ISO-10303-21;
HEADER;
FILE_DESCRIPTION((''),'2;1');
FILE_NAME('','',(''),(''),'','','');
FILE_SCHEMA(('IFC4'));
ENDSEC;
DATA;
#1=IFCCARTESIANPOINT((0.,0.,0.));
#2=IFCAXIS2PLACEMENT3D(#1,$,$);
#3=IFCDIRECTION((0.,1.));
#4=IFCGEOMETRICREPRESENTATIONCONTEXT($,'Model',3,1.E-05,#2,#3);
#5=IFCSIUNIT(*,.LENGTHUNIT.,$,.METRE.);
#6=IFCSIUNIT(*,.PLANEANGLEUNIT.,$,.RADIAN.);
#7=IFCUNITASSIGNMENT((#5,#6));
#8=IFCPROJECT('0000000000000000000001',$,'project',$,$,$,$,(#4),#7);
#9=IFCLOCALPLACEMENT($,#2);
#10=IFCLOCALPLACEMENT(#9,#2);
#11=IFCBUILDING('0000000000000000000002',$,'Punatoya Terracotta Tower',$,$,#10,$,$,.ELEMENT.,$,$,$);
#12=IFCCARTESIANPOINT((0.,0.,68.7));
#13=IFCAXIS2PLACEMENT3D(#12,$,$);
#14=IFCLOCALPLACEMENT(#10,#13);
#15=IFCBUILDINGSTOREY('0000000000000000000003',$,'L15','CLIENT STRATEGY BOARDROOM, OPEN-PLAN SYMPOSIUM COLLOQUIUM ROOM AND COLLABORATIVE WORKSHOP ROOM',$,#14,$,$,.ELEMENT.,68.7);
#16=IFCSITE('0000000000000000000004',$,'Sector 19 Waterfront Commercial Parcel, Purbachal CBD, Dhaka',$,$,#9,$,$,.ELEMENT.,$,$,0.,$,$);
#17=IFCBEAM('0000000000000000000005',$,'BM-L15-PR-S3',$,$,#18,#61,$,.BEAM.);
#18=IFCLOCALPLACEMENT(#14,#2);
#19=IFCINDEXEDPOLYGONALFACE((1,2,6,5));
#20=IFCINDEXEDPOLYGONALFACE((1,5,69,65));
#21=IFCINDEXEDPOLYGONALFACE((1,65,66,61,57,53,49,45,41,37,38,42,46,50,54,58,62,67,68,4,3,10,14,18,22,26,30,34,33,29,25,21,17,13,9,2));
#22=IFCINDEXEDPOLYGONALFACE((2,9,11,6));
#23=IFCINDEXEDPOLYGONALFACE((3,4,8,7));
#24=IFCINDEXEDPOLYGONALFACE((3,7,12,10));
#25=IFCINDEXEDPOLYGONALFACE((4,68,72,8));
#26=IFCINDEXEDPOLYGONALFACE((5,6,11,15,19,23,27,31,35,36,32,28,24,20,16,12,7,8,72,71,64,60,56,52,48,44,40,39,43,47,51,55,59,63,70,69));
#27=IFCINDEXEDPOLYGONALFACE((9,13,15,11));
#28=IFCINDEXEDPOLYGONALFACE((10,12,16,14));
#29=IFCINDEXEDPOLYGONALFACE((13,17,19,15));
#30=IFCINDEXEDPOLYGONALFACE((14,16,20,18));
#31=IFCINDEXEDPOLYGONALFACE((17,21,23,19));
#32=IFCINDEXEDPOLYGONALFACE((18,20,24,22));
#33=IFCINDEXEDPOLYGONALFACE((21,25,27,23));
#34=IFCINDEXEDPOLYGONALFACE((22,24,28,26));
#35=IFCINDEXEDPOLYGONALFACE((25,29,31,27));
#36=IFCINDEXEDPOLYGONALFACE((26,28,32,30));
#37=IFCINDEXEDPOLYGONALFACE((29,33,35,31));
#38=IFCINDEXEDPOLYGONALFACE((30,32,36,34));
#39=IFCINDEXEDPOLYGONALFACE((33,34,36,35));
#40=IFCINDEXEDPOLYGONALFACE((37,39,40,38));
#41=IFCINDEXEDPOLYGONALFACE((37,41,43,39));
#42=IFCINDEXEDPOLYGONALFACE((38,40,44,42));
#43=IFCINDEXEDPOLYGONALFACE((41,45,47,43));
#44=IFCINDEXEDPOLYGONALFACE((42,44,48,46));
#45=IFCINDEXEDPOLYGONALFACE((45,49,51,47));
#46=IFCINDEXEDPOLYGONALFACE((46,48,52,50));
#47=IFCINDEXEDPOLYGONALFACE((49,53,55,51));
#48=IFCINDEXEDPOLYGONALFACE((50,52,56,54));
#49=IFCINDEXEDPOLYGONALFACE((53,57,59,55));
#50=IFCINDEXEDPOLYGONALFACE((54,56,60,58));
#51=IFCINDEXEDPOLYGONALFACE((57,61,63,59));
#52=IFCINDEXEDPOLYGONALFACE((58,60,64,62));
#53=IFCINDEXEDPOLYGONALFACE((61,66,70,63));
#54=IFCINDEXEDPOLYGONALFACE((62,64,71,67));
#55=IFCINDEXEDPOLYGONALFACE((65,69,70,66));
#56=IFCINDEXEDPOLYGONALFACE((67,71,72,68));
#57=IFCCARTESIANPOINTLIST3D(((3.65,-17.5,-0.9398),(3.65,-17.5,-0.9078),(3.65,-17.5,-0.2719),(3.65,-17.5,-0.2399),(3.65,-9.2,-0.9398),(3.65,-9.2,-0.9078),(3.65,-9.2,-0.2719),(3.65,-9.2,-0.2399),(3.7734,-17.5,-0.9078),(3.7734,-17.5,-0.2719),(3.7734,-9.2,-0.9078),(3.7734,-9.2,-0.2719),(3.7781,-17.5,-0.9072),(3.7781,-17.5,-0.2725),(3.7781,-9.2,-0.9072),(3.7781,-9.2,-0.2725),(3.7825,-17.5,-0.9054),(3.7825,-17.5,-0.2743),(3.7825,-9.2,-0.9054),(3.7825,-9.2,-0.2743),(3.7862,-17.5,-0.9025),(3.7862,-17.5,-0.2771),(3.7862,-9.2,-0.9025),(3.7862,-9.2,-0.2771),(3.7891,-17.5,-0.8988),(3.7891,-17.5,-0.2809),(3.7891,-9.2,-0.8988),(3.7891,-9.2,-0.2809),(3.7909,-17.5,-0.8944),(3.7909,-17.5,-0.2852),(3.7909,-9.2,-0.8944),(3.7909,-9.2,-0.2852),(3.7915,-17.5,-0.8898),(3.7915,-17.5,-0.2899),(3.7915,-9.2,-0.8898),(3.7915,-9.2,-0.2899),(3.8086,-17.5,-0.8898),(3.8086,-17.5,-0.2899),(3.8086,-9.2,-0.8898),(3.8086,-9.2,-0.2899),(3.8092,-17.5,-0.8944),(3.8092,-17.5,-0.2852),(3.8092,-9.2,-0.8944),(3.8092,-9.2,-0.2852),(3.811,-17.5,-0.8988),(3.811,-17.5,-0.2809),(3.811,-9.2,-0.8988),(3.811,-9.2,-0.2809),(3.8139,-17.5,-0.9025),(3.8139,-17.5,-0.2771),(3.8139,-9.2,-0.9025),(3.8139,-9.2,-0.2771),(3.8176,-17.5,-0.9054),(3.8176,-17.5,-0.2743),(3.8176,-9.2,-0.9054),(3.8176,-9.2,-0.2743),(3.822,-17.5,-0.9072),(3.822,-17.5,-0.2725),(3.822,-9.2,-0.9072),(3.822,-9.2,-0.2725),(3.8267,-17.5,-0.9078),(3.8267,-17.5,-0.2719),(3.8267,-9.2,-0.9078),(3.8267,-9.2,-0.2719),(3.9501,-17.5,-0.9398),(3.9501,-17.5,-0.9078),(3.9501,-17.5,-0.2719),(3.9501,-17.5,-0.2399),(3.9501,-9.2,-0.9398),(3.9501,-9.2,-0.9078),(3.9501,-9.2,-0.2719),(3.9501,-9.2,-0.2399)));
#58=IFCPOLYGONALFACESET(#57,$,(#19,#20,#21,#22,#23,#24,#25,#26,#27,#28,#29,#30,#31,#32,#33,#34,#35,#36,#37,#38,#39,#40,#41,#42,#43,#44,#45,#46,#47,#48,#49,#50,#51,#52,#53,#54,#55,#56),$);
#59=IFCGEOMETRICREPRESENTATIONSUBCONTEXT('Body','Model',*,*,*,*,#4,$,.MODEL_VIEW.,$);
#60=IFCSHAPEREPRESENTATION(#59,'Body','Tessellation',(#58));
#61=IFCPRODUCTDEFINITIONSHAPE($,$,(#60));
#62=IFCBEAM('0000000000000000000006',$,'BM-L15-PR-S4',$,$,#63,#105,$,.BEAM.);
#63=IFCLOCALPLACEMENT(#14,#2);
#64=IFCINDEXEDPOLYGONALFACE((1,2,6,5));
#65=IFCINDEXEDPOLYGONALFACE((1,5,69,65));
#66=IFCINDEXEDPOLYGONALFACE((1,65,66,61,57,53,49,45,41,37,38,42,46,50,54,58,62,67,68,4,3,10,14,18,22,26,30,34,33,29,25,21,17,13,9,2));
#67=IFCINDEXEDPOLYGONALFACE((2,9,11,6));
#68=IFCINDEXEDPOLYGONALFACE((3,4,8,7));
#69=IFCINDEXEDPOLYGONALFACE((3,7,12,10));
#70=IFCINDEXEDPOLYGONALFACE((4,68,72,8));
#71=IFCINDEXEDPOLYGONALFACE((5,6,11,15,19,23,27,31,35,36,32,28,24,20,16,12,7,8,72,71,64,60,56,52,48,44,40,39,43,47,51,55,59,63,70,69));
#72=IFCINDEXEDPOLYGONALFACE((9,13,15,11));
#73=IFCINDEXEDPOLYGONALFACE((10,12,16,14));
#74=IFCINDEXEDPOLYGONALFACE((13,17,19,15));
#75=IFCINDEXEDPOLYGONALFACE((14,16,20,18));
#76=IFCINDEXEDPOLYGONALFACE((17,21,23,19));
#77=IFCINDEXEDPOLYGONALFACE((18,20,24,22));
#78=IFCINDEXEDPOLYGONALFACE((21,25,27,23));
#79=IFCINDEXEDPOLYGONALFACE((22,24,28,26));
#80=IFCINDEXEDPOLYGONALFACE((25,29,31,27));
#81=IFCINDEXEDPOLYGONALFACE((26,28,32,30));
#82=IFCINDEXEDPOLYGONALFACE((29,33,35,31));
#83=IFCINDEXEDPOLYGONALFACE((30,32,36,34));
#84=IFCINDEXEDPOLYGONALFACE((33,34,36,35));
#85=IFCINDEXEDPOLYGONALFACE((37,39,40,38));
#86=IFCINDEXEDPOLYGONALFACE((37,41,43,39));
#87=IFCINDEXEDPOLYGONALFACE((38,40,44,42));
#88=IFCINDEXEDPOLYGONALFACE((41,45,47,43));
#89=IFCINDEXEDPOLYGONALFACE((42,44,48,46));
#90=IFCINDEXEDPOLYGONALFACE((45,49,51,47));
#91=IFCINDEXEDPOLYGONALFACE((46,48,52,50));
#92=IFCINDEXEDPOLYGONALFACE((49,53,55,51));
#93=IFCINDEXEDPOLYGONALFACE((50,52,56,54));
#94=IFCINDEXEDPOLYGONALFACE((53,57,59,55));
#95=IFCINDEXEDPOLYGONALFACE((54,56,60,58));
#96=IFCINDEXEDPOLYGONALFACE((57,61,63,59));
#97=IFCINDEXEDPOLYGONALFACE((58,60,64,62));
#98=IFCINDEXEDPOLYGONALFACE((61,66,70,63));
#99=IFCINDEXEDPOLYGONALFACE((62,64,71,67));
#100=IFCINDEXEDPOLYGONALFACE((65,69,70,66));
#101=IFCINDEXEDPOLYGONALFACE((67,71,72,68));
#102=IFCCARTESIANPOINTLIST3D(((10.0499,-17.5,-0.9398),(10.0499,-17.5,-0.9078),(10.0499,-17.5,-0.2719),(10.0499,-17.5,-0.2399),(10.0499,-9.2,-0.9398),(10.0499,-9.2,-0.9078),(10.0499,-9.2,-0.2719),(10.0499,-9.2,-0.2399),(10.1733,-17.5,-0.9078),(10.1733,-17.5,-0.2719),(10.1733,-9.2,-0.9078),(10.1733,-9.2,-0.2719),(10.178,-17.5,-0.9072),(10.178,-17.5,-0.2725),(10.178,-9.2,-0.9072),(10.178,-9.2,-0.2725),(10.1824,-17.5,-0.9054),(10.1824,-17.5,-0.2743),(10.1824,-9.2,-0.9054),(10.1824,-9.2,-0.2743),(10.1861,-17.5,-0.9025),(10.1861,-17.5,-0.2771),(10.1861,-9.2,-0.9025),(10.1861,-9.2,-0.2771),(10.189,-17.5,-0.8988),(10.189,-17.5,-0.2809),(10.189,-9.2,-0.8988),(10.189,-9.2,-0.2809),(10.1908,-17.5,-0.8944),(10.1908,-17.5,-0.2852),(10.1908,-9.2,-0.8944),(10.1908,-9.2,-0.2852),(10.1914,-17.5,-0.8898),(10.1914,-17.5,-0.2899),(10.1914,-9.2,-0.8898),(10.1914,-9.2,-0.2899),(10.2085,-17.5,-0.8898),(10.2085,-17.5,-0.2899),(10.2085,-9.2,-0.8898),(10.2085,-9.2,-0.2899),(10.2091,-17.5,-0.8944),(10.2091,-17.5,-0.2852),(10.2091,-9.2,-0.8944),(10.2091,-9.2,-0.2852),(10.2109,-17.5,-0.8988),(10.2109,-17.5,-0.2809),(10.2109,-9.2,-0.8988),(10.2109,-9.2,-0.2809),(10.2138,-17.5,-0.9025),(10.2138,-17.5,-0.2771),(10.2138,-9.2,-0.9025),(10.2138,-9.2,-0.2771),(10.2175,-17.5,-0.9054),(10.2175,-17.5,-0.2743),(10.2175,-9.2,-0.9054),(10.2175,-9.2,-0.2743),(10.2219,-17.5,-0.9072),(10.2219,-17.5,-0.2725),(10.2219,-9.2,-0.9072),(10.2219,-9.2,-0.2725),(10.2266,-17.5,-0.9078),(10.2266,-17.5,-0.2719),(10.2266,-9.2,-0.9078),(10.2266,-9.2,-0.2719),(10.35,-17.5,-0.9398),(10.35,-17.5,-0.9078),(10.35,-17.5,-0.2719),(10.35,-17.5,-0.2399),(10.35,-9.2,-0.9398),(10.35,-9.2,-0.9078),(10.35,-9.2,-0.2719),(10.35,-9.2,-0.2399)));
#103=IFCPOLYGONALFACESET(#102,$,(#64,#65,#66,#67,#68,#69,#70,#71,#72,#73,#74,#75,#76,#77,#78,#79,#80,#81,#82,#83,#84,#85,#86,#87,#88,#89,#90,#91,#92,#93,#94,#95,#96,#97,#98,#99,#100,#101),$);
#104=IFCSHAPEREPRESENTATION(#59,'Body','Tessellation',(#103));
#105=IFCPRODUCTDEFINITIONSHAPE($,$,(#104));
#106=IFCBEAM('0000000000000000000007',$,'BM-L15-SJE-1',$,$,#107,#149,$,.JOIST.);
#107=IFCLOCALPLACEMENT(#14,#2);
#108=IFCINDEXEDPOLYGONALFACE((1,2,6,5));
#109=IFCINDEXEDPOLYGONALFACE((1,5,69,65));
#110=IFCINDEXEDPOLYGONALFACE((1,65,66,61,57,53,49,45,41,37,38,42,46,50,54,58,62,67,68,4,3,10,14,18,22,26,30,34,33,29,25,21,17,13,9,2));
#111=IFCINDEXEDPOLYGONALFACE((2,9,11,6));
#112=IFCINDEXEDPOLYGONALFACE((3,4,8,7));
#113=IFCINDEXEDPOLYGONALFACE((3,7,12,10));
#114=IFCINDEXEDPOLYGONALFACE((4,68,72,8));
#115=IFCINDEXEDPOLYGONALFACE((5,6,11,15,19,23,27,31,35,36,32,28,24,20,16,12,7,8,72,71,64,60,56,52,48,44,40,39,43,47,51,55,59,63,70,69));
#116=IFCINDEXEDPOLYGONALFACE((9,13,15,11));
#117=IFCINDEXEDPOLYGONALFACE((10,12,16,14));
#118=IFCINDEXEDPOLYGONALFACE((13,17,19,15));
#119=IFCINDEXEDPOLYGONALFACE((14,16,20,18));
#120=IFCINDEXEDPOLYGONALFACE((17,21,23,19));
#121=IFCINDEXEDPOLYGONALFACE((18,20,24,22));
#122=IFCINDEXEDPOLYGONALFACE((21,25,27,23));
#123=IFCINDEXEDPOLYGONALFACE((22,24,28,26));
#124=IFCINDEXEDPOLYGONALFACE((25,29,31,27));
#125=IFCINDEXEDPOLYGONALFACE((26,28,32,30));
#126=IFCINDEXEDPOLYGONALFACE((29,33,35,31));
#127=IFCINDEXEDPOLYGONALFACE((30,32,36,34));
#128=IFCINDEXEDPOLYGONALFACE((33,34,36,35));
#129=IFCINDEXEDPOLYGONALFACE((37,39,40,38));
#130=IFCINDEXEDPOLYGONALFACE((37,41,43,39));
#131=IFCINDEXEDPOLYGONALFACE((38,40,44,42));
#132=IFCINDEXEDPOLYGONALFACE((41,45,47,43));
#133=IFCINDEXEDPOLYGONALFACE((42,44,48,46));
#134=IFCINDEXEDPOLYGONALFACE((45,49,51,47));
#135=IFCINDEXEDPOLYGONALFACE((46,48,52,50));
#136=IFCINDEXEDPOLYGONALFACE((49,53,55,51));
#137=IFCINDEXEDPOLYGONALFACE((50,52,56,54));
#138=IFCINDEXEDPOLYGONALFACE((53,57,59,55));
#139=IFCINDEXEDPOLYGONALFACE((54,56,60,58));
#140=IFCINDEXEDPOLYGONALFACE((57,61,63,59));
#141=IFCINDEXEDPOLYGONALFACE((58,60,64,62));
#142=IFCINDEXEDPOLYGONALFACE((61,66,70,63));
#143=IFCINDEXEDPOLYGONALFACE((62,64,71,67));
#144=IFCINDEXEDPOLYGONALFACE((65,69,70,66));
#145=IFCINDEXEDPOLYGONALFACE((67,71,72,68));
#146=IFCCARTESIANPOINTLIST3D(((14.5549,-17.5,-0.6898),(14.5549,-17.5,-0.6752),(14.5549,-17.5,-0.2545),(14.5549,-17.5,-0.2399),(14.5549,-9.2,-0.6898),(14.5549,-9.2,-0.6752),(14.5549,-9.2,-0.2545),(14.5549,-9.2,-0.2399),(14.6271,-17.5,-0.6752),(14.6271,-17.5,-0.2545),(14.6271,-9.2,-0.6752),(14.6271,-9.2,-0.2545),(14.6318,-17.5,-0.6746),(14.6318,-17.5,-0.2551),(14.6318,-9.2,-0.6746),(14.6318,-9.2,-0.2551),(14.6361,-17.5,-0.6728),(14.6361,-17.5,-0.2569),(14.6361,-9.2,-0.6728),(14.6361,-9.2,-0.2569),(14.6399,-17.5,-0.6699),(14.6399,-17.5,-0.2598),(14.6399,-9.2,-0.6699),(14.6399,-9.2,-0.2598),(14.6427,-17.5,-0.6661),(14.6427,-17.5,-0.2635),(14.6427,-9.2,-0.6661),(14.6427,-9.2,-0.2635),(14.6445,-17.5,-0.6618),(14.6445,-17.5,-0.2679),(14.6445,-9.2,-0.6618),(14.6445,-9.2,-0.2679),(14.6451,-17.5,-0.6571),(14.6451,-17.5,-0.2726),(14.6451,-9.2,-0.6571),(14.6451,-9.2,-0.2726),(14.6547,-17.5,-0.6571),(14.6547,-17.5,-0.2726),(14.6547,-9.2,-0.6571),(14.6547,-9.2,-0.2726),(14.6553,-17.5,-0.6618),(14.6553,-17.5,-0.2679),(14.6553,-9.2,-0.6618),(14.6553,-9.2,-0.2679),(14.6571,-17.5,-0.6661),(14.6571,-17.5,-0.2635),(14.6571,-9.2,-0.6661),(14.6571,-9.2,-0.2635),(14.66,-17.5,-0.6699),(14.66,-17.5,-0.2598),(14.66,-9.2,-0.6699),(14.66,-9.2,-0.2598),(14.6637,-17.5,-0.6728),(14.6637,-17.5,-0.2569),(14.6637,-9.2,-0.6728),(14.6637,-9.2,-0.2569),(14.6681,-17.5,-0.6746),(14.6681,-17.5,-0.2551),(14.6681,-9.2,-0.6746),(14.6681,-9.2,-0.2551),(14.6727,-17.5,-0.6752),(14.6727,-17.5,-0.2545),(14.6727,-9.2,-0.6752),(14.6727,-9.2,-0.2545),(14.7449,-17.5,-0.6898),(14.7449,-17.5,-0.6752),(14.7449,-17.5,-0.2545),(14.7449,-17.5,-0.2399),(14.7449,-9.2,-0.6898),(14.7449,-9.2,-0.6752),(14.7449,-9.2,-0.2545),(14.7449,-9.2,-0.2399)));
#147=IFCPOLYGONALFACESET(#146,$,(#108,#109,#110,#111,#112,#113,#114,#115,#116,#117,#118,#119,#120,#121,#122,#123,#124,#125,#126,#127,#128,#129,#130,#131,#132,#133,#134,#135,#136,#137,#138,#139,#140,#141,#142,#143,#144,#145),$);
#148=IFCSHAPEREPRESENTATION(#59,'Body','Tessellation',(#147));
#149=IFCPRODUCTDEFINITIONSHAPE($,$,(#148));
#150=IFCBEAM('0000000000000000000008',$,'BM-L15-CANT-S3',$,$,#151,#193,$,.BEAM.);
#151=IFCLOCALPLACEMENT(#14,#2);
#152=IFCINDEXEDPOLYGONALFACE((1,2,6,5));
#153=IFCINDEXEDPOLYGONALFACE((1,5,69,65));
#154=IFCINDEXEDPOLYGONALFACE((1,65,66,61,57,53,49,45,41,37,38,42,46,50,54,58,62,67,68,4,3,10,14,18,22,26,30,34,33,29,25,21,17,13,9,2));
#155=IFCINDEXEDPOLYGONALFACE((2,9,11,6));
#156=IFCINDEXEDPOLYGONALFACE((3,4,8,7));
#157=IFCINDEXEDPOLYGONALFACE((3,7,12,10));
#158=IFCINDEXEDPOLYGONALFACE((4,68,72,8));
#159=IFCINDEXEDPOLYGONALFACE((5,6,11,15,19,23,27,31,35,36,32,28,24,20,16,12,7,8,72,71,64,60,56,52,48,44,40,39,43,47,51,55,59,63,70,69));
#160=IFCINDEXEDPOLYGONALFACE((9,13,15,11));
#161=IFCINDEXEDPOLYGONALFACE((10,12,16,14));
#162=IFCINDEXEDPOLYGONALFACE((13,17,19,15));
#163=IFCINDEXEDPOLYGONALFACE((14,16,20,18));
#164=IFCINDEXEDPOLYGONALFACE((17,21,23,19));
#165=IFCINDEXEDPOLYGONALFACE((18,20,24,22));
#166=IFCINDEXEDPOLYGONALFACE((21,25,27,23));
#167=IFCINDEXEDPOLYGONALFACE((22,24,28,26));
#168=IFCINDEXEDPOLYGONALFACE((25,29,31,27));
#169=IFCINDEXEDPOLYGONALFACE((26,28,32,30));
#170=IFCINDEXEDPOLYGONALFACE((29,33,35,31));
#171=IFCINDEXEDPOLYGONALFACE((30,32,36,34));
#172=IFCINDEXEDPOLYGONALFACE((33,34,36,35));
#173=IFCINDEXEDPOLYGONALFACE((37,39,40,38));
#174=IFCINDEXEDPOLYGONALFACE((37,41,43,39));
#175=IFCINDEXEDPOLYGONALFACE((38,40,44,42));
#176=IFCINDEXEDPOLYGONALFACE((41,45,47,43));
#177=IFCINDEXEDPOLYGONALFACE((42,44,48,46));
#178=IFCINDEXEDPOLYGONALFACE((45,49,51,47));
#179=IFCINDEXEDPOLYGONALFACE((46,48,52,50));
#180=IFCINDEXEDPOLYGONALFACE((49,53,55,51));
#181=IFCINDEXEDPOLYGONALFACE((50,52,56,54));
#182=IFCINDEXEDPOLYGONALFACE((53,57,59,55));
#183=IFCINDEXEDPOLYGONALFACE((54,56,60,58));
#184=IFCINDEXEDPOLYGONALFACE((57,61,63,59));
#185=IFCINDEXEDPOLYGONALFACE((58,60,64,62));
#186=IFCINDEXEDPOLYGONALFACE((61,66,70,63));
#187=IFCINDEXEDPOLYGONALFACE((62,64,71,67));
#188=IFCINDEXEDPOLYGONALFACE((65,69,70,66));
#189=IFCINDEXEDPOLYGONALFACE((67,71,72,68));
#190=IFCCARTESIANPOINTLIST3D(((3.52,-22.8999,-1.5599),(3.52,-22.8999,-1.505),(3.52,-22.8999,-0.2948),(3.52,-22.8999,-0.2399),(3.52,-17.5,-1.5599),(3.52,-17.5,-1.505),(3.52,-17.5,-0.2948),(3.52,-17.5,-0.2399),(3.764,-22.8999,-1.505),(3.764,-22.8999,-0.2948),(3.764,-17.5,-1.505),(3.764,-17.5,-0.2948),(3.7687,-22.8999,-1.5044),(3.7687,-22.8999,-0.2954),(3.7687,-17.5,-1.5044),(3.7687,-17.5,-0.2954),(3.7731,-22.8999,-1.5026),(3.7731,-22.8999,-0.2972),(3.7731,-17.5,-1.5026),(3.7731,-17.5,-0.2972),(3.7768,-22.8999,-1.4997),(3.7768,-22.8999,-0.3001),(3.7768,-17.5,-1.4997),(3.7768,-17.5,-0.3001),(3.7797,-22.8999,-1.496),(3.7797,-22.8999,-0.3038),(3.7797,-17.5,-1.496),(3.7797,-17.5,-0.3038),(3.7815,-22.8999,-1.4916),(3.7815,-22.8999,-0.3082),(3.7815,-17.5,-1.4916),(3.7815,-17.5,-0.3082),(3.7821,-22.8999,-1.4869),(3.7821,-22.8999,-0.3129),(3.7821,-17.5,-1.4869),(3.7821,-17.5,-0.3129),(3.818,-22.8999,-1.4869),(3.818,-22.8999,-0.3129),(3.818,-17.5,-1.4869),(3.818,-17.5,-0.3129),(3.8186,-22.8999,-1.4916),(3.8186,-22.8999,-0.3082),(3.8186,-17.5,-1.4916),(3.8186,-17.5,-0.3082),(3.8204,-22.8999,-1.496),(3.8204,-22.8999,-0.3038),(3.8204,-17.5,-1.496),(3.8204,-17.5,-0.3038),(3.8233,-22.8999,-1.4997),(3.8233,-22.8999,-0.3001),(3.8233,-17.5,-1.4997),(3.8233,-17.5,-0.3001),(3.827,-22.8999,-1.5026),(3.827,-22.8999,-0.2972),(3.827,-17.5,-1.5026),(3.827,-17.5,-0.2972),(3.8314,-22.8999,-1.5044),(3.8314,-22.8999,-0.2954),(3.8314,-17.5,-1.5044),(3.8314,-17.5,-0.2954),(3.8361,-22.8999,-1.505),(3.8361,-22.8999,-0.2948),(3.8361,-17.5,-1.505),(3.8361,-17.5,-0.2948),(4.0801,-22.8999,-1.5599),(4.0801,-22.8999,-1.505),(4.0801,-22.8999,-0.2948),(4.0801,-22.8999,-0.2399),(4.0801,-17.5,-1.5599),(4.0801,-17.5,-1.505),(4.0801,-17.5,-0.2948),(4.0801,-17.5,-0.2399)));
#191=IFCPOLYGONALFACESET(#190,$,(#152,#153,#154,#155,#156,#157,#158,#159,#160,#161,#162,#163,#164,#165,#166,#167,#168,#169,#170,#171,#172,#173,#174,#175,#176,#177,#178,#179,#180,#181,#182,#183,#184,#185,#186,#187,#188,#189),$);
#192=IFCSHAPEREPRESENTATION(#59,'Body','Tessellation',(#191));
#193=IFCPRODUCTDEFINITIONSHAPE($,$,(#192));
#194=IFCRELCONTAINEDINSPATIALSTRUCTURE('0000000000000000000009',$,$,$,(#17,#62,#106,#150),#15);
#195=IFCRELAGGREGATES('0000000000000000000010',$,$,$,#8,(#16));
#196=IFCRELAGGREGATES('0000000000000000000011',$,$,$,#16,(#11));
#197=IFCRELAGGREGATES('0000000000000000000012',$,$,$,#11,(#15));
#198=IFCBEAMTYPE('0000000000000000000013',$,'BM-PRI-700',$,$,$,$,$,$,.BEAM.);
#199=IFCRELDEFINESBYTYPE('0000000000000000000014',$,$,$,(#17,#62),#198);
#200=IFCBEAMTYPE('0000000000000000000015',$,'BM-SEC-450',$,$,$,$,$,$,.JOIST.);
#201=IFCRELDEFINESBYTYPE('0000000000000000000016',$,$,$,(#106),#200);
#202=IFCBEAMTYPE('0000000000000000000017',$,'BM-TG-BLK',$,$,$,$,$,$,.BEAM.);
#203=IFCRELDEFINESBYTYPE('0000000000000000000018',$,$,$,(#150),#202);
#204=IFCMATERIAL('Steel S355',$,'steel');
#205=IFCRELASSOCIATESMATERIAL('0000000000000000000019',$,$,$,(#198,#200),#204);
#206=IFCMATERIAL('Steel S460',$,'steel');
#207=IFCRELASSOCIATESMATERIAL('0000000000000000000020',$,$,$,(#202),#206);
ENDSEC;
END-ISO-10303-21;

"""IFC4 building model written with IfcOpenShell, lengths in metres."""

from ifc_helpers import new_model, si_unit, direction, frame, origin, origin_2d, place, context, subcontext, project, spatial, i_section, extrude, material, material_profile, profile_set, type_object, element, save


model = new_model("IFC4")

# Units and contexts
model_context = context("Model", 3, precision=1e-05, world=origin(), true_north=direction((0.0, 1.0)))
body_context = subcontext(model_context, "Body", "Model", "MODEL_VIEW")
ifc_project = project(units=[si_unit("LENGTHUNIT", "METRE"), si_unit("PLANEANGLEUNIT", "RADIAN")], contexts=[model_context])

# Site, building, storey
site_placement = place(None, origin())
site = spatial("IfcSite", under=ifc_project, at=site_placement, Name="Sector 19 Waterfront Commercial Parcel, Purbachal CBD, Dhaka", CompositionType="ELEMENT", RefElevation=0.0)
building_placement = place(site_placement, origin())
building = spatial("IfcBuilding", under=site, at=building_placement, Name="Punatoya Terracotta Tower", CompositionType="ELEMENT")
storey_placement = place(building_placement, frame((0.0, 0.0, 68.7)))
storey = spatial("IfcBuildingStorey", under=building, at=storey_placement, Name="L15", Description="CLIENT STRATEGY BOARDROOM, OPEN-PLAN SYMPOSIUM COLLOQUIUM ROOM AND COLLABORATIVE WORKSHOP ROOM", CompositionType="ELEMENT", Elevation=68.7)

# Shared definitions
ifc_material_1 = material(Name="Steel S460", Category="steel")

# Beams
ifc_material_2 = material(Name="Steel S355", Category="steel")
ifc_material_profile_1 = material_profile(ifc_material_2, i_section(OverallWidth=0.3, OverallDepth=0.7, WebThickness=0.0171, FlangeThickness=0.032, FilletRadius=0.0181, at=origin_2d()))
ifc_profile_set_1 = profile_set([ifc_material_profile_1], Name="Steel S355")
beam_type_1 = type_object("IfcBeamType", Name="BM-PRI-700", PredefinedType="BEAM", material=ifc_profile_set_1)
for number, where, z_axis, x_axis, name in (
    (1, (3.8, -17.5, -0.5898), (0.0, 1.0, 0.0), (-1.0, 0.0, 0.0), "BM-L15-PR-S3"),
    (2, (10.2, -17.5, -0.5898), (0.0, 1.0, 0.0), (-1.0, 0.0, 0.0), "BM-L15-PR-S4"),
):
    element("IfcBeam", number, at=place(storey_placement, frame(where, z_axis=z_axis, x_axis=x_axis)), inside=storey, type_object=beam_type_1, Name=name, PredefinedType="BEAM", context=body_context, shape_type="SweptSolid", body=[
        extrude(i_section(OverallWidth=0.3, OverallDepth=0.7, WebThickness=0.0171, FlangeThickness=0.032, FilletRadius=0.0181, at=origin_2d()), origin(), (0.0, 0.0, 1.0), 8.3),
    ])
ifc_material_profile_2 = material_profile(ifc_material_2, i_section(OverallWidth=0.1899, OverallDepth=0.45, WebThickness=0.0095, FlangeThickness=0.0146, FilletRadius=0.0181, at=origin_2d()))
ifc_profile_set_2 = profile_set([ifc_material_profile_2], Name="Steel S355")
beam_type_2 = type_object("IfcBeamType", Name="BM-SEC-450", PredefinedType="JOIST", material=ifc_profile_set_2)
beam_1_placement = place(storey_placement, frame((14.6499, -17.5, -0.4648), z_axis=(0.0, 1.0, 0.0), x_axis=(-1.0, 0.0, 0.0)))
element("IfcBeam", 3, at=beam_1_placement, inside=storey, type_object=beam_type_2, Name="BM-L15-SJE-1", PredefinedType="JOIST", context=body_context, shape_type="SweptSolid", body=[
    extrude(i_section(OverallWidth=0.1899, OverallDepth=0.45, WebThickness=0.0095, FlangeThickness=0.0146, FilletRadius=0.0181, at=origin_2d()), origin(), (0.0, 0.0, 1.0), 8.3),
])
ifc_material_profile_3 = material_profile(ifc_material_1, i_section(OverallWidth=0.5601, OverallDepth=1.3201, WebThickness=0.0359, FlangeThickness=0.0549, FilletRadius=0.0181, at=origin_2d()))
ifc_profile_set_3 = profile_set([ifc_material_profile_3], Name="Steel S460")
beam_type_3 = type_object("IfcBeamType", Name="BM-TG-BLK", PredefinedType="BEAM", material=ifc_profile_set_3)
for number, where, z_axis, x_axis, name in (
    (4, (3.8, -22.8999, -0.8999), (0.0, 1.0, 0.0), (-1.0, 0.0, 0.0), "BM-L15-CANT-S3"),
):
    element("IfcBeam", number, at=place(storey_placement, frame(where, z_axis=z_axis, x_axis=x_axis)), inside=storey, type_object=beam_type_3, Name=name, PredefinedType="BEAM", context=body_context, shape_type="SweptSolid", body=[
        extrude(i_section(OverallWidth=0.5601, OverallDepth=1.3201, WebThickness=0.0359, FlangeThickness=0.0549, FilletRadius=0.0181, at=origin_2d()), origin(), (0.0, 0.0, 1.0), 5.3999),
    ])

save(model, "model.ifc")
